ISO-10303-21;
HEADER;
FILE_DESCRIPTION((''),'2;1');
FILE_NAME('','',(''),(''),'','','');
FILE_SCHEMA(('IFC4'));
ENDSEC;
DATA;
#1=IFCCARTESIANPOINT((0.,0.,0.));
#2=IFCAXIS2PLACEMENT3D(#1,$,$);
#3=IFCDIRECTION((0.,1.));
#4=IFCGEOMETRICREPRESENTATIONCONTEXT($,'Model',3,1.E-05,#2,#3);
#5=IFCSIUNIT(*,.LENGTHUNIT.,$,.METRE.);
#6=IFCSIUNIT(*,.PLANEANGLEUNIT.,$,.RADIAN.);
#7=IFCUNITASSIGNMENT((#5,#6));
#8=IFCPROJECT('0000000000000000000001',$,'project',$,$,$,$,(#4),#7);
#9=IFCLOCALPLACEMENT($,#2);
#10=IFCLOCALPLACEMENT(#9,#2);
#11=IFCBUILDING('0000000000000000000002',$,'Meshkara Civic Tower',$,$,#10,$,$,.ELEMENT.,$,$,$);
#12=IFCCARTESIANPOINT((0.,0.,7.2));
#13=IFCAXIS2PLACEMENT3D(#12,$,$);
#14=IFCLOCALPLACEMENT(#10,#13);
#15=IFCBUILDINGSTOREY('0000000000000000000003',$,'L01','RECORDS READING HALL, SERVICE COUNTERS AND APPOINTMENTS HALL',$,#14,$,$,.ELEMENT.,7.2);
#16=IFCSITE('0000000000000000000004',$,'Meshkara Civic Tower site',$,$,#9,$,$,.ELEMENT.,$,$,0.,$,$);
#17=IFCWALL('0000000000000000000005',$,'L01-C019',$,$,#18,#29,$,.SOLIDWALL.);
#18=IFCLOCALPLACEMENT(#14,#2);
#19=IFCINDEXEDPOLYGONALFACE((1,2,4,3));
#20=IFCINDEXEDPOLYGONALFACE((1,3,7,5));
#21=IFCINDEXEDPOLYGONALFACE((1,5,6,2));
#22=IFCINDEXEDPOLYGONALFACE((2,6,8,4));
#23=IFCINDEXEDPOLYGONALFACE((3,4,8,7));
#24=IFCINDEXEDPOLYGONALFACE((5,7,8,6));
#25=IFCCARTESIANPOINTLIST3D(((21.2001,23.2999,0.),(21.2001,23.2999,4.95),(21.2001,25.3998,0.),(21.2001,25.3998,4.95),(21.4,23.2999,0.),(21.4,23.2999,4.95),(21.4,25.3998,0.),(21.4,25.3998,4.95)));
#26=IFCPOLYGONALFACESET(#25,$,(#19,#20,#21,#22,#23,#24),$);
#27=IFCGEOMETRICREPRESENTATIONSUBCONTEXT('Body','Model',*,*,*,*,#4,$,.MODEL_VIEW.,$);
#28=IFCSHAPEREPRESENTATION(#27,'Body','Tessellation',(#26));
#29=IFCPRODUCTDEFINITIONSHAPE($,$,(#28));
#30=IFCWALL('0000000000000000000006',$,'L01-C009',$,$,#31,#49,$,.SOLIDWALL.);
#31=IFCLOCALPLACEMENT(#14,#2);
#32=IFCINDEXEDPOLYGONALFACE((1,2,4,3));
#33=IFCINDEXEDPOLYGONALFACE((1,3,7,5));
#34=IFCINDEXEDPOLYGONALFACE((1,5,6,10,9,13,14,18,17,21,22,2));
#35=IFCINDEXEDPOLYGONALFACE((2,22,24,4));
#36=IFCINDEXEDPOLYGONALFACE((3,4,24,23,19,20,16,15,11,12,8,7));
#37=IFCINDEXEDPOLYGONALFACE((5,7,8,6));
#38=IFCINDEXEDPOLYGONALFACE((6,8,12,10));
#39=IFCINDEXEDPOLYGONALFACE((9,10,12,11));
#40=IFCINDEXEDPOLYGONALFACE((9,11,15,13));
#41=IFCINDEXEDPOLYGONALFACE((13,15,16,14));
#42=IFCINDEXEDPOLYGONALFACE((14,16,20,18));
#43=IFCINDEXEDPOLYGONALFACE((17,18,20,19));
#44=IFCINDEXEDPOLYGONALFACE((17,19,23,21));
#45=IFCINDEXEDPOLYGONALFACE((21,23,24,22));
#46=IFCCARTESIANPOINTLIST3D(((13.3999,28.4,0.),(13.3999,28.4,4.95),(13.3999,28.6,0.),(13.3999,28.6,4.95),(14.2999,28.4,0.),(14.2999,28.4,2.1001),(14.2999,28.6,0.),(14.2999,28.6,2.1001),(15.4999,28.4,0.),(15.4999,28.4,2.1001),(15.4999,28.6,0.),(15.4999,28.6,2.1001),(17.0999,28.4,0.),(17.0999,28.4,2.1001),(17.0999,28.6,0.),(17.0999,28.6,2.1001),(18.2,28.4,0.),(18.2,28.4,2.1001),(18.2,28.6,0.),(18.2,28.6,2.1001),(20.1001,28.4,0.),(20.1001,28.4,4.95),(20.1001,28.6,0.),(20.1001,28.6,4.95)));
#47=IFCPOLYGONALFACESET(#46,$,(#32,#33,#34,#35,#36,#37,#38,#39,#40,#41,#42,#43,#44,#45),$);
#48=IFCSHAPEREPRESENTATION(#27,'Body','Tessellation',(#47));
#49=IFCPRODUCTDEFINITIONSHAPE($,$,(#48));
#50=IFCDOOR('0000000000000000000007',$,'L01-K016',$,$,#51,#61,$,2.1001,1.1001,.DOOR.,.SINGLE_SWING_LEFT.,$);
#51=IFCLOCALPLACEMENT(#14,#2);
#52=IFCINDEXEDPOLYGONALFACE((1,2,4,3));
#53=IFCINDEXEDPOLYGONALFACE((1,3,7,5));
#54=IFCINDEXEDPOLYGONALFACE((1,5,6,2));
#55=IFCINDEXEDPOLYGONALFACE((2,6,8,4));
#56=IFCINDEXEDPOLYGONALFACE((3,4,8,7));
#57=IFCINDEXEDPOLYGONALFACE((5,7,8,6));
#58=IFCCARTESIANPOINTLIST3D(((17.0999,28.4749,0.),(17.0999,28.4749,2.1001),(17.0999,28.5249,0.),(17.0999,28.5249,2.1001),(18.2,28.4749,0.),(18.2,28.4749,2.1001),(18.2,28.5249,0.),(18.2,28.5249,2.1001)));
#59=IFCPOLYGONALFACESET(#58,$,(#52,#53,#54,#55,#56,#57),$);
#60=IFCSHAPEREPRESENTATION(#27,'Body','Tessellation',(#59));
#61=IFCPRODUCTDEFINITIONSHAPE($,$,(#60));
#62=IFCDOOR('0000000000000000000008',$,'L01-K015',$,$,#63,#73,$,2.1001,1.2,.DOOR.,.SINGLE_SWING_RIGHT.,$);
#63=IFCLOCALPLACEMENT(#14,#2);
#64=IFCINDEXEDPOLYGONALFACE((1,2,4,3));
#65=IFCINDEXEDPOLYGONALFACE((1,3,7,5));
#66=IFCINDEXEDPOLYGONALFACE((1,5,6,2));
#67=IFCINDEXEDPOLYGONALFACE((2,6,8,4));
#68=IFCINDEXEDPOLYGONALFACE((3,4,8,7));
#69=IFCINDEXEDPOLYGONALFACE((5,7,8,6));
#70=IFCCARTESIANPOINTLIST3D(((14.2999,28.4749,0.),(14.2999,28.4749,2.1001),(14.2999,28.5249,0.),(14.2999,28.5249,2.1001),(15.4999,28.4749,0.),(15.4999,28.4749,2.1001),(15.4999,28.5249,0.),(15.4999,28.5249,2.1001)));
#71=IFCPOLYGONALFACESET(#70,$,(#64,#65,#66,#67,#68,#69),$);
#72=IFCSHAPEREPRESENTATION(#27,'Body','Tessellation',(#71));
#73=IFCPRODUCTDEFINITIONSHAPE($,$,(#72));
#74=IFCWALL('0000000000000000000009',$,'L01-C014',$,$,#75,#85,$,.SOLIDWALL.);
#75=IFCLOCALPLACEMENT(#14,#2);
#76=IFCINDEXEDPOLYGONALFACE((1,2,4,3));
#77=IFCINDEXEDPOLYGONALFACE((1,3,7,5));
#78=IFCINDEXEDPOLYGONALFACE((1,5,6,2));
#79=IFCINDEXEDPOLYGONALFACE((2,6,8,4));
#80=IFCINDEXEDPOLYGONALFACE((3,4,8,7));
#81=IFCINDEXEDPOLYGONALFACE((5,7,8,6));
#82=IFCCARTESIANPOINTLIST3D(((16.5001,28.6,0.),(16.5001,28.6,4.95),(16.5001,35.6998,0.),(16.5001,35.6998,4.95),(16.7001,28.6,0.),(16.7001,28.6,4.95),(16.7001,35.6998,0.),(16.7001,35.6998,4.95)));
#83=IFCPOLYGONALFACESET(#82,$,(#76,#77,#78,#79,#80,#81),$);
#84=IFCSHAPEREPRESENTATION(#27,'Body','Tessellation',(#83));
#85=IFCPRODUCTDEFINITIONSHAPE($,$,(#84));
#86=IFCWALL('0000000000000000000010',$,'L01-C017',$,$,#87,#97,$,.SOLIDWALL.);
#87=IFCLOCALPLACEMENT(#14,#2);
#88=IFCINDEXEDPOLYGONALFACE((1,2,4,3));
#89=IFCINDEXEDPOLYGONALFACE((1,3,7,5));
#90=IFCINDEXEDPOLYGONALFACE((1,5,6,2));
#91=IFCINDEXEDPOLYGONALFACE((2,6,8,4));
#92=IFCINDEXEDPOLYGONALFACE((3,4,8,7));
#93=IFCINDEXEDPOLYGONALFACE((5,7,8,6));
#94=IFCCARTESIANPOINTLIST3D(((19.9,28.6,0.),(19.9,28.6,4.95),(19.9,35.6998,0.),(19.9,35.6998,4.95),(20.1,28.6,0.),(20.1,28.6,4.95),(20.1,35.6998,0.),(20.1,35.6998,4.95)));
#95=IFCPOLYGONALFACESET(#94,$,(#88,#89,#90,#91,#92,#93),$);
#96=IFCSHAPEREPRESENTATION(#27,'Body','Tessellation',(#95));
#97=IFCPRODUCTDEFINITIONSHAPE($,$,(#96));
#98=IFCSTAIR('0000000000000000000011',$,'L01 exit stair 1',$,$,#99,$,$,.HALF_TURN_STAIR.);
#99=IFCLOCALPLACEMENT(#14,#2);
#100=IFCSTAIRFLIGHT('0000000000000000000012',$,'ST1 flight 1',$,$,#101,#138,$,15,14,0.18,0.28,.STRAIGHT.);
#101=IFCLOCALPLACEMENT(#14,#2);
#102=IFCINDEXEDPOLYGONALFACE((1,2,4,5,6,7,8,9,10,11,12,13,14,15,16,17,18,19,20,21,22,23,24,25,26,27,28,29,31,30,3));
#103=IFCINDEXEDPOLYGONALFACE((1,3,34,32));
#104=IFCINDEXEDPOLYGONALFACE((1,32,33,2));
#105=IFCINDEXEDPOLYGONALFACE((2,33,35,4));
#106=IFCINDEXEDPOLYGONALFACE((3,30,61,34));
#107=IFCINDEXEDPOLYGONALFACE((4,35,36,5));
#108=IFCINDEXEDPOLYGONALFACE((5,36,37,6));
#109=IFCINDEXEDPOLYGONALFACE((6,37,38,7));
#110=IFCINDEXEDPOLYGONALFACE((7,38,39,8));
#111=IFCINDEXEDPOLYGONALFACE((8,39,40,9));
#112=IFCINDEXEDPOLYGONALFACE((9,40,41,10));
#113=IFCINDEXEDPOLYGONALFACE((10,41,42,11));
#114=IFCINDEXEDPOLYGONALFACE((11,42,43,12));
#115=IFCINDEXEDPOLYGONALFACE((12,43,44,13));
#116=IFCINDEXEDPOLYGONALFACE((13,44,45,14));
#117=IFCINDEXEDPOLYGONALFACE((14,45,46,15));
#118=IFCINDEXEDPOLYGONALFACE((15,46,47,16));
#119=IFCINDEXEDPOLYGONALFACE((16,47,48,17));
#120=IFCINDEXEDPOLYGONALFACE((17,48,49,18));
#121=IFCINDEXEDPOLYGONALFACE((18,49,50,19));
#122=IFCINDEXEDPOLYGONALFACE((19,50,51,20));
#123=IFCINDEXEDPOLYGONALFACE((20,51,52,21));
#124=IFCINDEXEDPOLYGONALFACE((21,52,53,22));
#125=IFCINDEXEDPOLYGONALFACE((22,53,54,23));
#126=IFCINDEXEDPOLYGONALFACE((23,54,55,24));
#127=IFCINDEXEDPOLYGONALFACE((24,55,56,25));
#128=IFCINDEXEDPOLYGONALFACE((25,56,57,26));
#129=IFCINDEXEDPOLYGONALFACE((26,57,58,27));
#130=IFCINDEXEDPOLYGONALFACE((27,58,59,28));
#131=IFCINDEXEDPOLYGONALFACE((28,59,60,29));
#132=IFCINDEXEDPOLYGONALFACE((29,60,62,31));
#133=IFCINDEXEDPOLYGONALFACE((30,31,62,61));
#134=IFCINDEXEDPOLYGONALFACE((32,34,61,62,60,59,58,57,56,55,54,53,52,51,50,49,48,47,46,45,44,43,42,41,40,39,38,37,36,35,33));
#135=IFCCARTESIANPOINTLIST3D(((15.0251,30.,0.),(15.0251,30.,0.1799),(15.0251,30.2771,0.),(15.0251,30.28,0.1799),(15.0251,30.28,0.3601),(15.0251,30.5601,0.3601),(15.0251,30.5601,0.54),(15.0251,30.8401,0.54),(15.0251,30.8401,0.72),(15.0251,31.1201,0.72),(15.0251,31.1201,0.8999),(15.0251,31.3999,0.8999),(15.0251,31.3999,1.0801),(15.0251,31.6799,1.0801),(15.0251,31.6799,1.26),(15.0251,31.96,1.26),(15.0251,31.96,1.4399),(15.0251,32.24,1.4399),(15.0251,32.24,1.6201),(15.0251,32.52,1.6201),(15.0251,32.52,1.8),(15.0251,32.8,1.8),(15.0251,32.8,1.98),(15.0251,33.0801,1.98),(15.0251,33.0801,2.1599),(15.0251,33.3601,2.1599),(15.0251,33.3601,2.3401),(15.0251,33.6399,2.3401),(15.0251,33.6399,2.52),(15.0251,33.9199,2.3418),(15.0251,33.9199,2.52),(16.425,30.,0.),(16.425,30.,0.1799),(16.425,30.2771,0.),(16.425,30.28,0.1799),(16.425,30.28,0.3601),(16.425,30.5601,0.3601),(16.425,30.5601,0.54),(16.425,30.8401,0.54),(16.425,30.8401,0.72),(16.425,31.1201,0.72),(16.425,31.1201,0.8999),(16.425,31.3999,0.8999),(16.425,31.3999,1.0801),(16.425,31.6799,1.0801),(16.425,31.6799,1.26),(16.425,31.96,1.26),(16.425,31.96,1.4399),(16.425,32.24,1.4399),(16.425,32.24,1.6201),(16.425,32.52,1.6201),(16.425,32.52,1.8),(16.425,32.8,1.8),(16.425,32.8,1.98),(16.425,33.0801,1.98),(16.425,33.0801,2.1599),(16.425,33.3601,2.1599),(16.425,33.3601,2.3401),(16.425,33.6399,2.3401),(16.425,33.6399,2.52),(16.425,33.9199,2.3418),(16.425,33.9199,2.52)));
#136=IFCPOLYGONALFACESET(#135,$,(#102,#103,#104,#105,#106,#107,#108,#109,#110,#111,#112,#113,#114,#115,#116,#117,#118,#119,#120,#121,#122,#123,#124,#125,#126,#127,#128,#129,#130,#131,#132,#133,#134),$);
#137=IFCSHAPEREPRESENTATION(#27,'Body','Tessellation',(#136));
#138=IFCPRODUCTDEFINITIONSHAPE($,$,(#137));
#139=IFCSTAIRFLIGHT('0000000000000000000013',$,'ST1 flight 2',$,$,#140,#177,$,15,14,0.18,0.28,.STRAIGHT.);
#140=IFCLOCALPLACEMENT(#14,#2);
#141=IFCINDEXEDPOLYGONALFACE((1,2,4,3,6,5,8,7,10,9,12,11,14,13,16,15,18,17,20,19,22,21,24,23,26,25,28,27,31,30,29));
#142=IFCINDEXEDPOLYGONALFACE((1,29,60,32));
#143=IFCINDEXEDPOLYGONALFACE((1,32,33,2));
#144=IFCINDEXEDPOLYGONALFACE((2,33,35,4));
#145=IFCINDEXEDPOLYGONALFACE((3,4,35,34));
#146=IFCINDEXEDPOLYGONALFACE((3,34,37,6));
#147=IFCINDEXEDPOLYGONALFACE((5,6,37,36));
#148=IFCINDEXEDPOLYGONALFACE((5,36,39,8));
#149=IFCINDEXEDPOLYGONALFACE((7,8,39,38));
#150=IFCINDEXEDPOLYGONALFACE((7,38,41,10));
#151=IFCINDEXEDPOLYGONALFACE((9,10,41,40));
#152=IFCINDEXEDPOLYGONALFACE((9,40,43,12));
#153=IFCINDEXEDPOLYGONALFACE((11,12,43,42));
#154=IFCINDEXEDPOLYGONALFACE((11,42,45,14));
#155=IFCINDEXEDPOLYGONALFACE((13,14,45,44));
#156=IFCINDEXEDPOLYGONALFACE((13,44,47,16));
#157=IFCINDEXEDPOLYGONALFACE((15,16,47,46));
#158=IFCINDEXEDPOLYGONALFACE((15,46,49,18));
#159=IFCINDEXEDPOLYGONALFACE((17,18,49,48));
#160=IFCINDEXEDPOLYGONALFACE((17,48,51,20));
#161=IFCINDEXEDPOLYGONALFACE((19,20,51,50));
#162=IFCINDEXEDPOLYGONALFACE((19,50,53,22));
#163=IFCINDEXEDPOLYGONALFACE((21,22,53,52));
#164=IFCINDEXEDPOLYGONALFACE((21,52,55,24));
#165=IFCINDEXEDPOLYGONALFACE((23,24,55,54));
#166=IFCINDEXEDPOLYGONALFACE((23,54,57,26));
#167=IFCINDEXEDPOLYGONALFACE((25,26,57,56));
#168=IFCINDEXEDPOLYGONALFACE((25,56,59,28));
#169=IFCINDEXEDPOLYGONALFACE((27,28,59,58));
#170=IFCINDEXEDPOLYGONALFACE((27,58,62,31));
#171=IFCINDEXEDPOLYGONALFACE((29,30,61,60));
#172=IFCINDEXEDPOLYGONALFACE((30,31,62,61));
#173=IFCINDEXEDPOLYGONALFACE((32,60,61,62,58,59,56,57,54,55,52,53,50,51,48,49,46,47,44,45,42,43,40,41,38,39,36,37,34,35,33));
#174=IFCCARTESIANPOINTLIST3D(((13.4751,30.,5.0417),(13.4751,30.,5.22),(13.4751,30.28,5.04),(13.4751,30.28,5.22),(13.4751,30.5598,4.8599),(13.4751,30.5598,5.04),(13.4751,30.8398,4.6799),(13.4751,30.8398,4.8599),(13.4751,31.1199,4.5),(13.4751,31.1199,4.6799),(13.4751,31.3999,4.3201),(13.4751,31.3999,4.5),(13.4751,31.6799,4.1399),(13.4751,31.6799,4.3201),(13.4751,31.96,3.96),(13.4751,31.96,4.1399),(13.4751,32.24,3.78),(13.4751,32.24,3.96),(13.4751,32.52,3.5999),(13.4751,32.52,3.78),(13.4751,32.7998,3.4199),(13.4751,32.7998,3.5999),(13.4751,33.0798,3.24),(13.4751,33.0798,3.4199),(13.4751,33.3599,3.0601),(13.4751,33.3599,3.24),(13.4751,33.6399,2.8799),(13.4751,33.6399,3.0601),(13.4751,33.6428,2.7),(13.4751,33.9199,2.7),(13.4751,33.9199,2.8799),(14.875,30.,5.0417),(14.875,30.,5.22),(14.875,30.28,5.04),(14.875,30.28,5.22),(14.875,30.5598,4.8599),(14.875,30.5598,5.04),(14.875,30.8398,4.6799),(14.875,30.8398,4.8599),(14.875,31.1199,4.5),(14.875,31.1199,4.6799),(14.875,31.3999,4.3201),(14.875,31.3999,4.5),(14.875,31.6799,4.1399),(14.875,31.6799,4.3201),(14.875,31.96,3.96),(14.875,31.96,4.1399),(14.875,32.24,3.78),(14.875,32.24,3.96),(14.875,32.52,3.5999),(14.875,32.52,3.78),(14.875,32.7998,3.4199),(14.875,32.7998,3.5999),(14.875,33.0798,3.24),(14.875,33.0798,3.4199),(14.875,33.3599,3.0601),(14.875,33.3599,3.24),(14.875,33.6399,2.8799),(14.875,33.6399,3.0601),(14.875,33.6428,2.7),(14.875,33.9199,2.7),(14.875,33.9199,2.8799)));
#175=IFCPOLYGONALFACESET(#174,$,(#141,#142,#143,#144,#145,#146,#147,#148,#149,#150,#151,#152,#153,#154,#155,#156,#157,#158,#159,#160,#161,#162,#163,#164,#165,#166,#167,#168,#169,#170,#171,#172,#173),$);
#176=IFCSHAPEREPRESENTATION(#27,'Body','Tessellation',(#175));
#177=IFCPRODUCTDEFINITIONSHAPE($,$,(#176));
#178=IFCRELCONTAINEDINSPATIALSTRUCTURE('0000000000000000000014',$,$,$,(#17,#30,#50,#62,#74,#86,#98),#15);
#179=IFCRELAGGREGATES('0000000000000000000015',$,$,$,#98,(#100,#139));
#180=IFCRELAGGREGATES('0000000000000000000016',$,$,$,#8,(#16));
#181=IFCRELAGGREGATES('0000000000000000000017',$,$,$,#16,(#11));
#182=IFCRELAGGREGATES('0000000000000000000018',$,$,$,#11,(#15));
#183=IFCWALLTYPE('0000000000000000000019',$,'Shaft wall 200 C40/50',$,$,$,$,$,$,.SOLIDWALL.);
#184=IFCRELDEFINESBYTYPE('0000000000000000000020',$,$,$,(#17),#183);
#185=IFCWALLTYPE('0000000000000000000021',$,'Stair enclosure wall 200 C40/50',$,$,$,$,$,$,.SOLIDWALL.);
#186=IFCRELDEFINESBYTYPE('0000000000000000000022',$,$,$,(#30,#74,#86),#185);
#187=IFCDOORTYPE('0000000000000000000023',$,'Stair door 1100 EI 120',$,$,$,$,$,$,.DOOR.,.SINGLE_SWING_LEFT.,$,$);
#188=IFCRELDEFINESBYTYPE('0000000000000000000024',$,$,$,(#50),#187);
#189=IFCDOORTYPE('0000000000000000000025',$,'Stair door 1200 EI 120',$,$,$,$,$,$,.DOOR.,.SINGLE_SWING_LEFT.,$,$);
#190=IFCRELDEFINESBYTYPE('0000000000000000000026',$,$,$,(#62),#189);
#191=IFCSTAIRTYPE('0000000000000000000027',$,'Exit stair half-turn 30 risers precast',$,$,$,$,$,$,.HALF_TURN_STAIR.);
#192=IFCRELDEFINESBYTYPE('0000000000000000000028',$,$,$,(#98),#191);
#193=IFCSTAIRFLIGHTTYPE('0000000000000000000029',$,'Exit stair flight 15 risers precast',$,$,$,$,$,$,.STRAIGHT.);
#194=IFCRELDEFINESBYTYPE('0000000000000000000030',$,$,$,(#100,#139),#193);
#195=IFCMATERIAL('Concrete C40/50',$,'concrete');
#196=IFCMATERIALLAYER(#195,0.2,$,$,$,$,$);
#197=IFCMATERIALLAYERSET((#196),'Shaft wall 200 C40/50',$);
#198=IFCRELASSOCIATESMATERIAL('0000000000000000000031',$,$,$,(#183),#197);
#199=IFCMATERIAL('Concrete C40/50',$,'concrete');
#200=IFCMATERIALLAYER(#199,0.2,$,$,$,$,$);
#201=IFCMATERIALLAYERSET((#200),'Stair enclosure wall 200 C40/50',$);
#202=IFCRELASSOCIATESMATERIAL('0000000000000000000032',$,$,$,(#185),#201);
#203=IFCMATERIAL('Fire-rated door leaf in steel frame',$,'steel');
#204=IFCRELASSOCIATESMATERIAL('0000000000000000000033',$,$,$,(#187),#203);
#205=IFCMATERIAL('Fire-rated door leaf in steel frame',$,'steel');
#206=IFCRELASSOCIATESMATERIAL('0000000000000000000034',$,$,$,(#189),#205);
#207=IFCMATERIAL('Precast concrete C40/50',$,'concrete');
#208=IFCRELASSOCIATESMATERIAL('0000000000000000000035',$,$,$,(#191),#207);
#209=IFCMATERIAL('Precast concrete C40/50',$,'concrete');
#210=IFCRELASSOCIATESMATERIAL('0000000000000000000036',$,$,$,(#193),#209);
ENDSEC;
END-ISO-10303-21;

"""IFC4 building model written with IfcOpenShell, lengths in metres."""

from ifc_helpers import new_model, si_unit, direction, frame, frame_2d, origin, place, context, subcontext, project, spatial, polyline, rectangle, outline, extrude, material, layer, layer_set, type_object, element, fill, aggregate, save


model = new_model("IFC4")

# Units and contexts
model_context = context("Model", 3, precision=1e-05, world=origin(), true_north=direction((0.0, 1.0)))
body_context = subcontext(model_context, "Body", "Model", "MODEL_VIEW")
ifc_project = project(units=[si_unit("LENGTHUNIT", "METRE"), si_unit("PLANEANGLEUNIT", "RADIAN")], contexts=[model_context])

# Site, building, storey
site_placement = place(None, origin())
site = spatial("IfcSite", under=ifc_project, at=site_placement, Name="Meshkara Civic Tower site", CompositionType="ELEMENT", RefElevation=0.0)
building_placement = place(site_placement, origin())
building = spatial("IfcBuilding", under=site, at=building_placement, Name="Meshkara Civic Tower", CompositionType="ELEMENT")
storey_placement = place(building_placement, frame((0.0, 0.0, 7.2)))
storey = spatial("IfcBuildingStorey", under=building, at=storey_placement, Name="L01", Description="RECORDS READING HALL, SERVICE COUNTERS AND APPOINTMENTS HALL", CompositionType="ELEMENT", Elevation=7.2)

# Shared definitions
ifc_material_1 = material(Name="Concrete C40/50", Category="concrete")
ifc_layer_1 = layer(ifc_material_1, 0.2)
ifc_layer_set_1 = layer_set([ifc_layer_1], Name="Shaft wall 200 C40/50")
wall_type_1 = type_object("IfcWallType", Name="Shaft wall 200 C40/50", PredefinedType="SOLIDWALL", material=ifc_layer_set_1)

# Wall
wall_1_placement = place(storey_placement, frame((21.3, 23.3, 0.0), z_axis=(0.0, 0.0, 1.0), x_axis=(0.0, 1.0, 0.0)))
element("IfcWall", 1, at=wall_1_placement, inside=storey, type_object=wall_type_1, Name="L01-C019", PredefinedType="SOLIDWALL", context=body_context, shape_type="SweptSolid", body=[
    extrude(rectangle(XDim=2.0999, YDim=0.2, at=frame_2d((1.0498, 0.0))), origin(), (0.0, 0.0, 1.0), 4.95),
])

# Wall, openings, doors
ifc_material_2 = material(Name="Concrete C40/50", Category="concrete")
ifc_layer_2 = layer(ifc_material_2, 0.2)
ifc_layer_set_2 = layer_set([ifc_layer_2], Name="Stair enclosure wall 200 C40/50")
wall_type_2 = type_object("IfcWallType", Name="Stair enclosure wall 200 C40/50", PredefinedType="SOLIDWALL", material=ifc_layer_set_2)
wall_2_placement = place(storey_placement, frame((13.3999, 28.5, 0.0), z_axis=(0.0, 0.0, 1.0), x_axis=(1.0, 0.0, 0.0)))
wall_2 = element("IfcWall", 2, at=wall_2_placement, inside=storey, type_object=wall_type_2, Name="L01-C009", PredefinedType="SOLIDWALL", context=body_context, shape_type="SweptSolid", body=[
    extrude(rectangle(XDim=6.7002, YDim=0.2, at=frame_2d((3.3501, 0.0))), origin(), (0.0, 0.0, 1.0), 4.95),
])
opening_1_placement = place(wall_2_placement, frame((0.8999, 0.0, 0.0)))
opening_1 = element("IfcOpeningElement", 3, at=opening_1_placement, cuts=wall_2, PredefinedType="OPENING", context=body_context, shape_type="SweptSolid", body=[
    extrude(rectangle(XDim=1.2, YDim=2.1001, at=frame_2d((0.6001, 1.05))), frame((0.0, 0.1099, 0.0), z_axis=(0.0, -1.0, 0.0), x_axis=(1.0, 0.0, 0.0)), (0.0, 0.0, 1.0), 0.22),
])
opening_2_placement = place(wall_2_placement, frame((3.7, 0.0, 0.0)))
opening_2 = element("IfcOpeningElement", 4, at=opening_2_placement, cuts=wall_2, PredefinedType="OPENING", context=body_context, shape_type="SweptSolid", body=[
    extrude(rectangle(XDim=1.1001, YDim=2.1001, at=frame_2d((0.55, 1.05))), frame((0.0, 0.1099, 0.0), z_axis=(0.0, -1.0, 0.0), x_axis=(1.0, 0.0, 0.0)), (0.0, 0.0, 1.0), 0.22),
])
ifc_material_3 = material(Name="Fire-rated door leaf in steel frame", Category="steel")
door_type_1 = type_object("IfcDoorType", Name="Stair door 1100 EI 120", OperationType="SINGLE_SWING_LEFT", PredefinedType="DOOR", material=ifc_material_3)
door_1_placement = place(opening_2_placement, origin())
door_1 = element("IfcDoor", 5, at=door_1_placement, inside=storey, type_object=door_type_1, Name="L01-K016", OperationType="SINGLE_SWING_LEFT", OverallHeight=2.1001, OverallWidth=1.1001, PredefinedType="DOOR", context=body_context, shape_type="SweptSolid", body=[
    extrude(rectangle(XDim=1.1001, YDim=2.1001, at=frame_2d((0.55, 1.05))), frame((0.0, 0.0249, 0.0), z_axis=(0.0, -1.0, 0.0), x_axis=(1.0, 0.0, 0.0)), (0.0, 0.0, 1.0), 0.05),
])
fill(opening_2, door_1)
ifc_material_4 = material(Name="Fire-rated door leaf in steel frame", Category="steel")
door_type_2 = type_object("IfcDoorType", Name="Stair door 1200 EI 120", OperationType="SINGLE_SWING_LEFT", PredefinedType="DOOR", material=ifc_material_4)
door_2_placement = place(opening_1_placement, origin())
door_2 = element("IfcDoor", 6, at=door_2_placement, inside=storey, type_object=door_type_2, Name="L01-K015", OperationType="SINGLE_SWING_RIGHT", OverallHeight=2.1001, OverallWidth=1.2, PredefinedType="DOOR", context=body_context, shape_type="SweptSolid", body=[
    extrude(rectangle(XDim=1.2, YDim=2.1001, at=frame_2d((0.6001, 1.05))), frame((0.0, 0.0249, 0.0), z_axis=(0.0, -1.0, 0.0), x_axis=(1.0, 0.0, 0.0)), (0.0, 0.0, 1.0), 0.05),
])
fill(opening_1, door_2)

# Walls
for number, where, z_axis, x_axis, name in (
    (7, (16.6001, 28.6001, 0.0), (0.0, 0.0, 1.0), (0.0, 1.0, 0.0), "L01-C014"),
    (8, (20.0, 28.6001, 0.0), (0.0, 0.0, 1.0), (0.0, 1.0, 0.0), "L01-C017"),
):
    element("IfcWall", number, at=place(storey_placement, frame(where, z_axis=z_axis, x_axis=x_axis)), inside=storey, type_object=wall_type_2, Name=name, PredefinedType="SOLIDWALL", context=body_context, shape_type="SweptSolid", body=[
        extrude(rectangle(XDim=7.0999, YDim=0.2, at=frame_2d((3.5498, 0.0))), origin(), (0.0, 0.0, 1.0), 4.95),
    ])

# Stair, stair flights
ifc_material_5 = material(Name="Precast concrete C40/50", Category="concrete")
stair_type = type_object("IfcStairType", Name="Exit stair half-turn 30 risers precast", PredefinedType="HALF_TURN_STAIR", material=ifc_material_5)
stair_1_placement = place(storey_placement, origin())
stair_1 = element("IfcStair", 9, at=stair_1_placement, inside=storey, type_object=stair_type, Name="L01 exit stair 1", PredefinedType="HALF_TURN_STAIR")
ifc_material_6 = material(Name="Precast concrete C40/50", Category="concrete")
stair_flight_type = type_object("IfcStairFlightType", Name="Exit stair flight 15 risers precast", PredefinedType="STRAIGHT", material=ifc_material_6)
stair_flight_1_placement = place(storey_placement, frame((15.7251, 30.0, 0.0), z_axis=(0.0, 0.0, 1.0), x_axis=(0.0, 1.0, 0.0)))
stair_flight_1 = element("IfcStairFlight", 10, at=stair_flight_1_placement, type_object=stair_flight_type, Name="ST1 flight 1", NumberOfRisers=15, NumberOfTreads=14, PredefinedType="STRAIGHT", RiserHeight=0.18, TreadLength=0.28, context=body_context, shape_type="SweptSolid", body=[
    extrude(outline(polyline([(0.0, 0.0), (0.0, 0.1799), (0.28, 0.1799), (0.28, 0.3601), (0.5601, 0.3601), (0.5601, 0.54), (0.8401, 0.54), (0.8401, 0.72), (1.1201, 0.72), (1.1201, 0.8999), (1.3999, 0.8999), (1.3999, 1.0801), (1.6799, 1.0801), (1.6799, 1.26), (1.96, 1.26), (1.96, 1.4399), (2.24, 1.4399), (2.24, 1.6201), (2.52, 1.6201), (2.52, 1.8), (2.8, 1.8), (2.8, 1.98), (3.0801, 1.98), (3.0801, 2.1599), (3.3601, 2.1599), (3.3601, 2.3401), (3.6399, 2.3401), (3.6399, 2.52), (3.9199, 2.52), (3.9199, 2.7), (3.9199, 2.3418), (0.2771, 0.0), (0.0, 0.0)])), frame((0.0, 0.7, 0.0), z_axis=(0.0, -1.0, 0.0), x_axis=(1.0, 0.0, 0.0)), (0.0, 0.0, 1.0), 1.3999),
])
stair_flight_2_placement = place(storey_placement, frame((14.175, 33.9199, 2.7), z_axis=(0.0, 0.0, 1.0), x_axis=(0.0, -1.0, 0.0)))
stair_flight_2 = element("IfcStairFlight", 11, at=stair_flight_2_placement, type_object=stair_flight_type, Name="ST1 flight 2", NumberOfRisers=15, NumberOfTreads=14, PredefinedType="STRAIGHT", RiserHeight=0.18, TreadLength=0.28, context=body_context, shape_type="SweptSolid", body=[
    extrude(outline(polyline([(0.0, 0.0), (0.0, 0.1799), (0.28, 0.1799), (0.28, 0.3601), (0.5601, 0.3601), (0.5601, 0.54), (0.8401, 0.54), (0.8401, 0.72), (1.1201, 0.72), (1.1201, 0.8999), (1.3999, 0.8999), (1.3999, 1.0801), (1.6799, 1.0801), (1.6799, 1.26), (1.96, 1.26), (1.96, 1.4399), (2.24, 1.4399), (2.24, 1.6201), (2.52, 1.6201), (2.52, 1.8), (2.8, 1.8), (2.8, 1.98), (3.0801, 1.98), (3.0801, 2.1599), (3.3601, 2.1599), (3.3601, 2.3401), (3.6399, 2.3401), (3.6399, 2.52), (3.9199, 2.52), (3.9199, 2.7), (3.9199, 2.3418), (0.2771, 0.0), (0.0, 0.0)])), frame((0.0, 0.7, 0.0), z_axis=(0.0, -1.0, 0.0), x_axis=(1.0, 0.0, 0.0)), (0.0, 0.0, 1.0), 1.3999),
])
aggregate(stair_1, [stair_flight_1, stair_flight_2])

save(model, "model.ifc")
